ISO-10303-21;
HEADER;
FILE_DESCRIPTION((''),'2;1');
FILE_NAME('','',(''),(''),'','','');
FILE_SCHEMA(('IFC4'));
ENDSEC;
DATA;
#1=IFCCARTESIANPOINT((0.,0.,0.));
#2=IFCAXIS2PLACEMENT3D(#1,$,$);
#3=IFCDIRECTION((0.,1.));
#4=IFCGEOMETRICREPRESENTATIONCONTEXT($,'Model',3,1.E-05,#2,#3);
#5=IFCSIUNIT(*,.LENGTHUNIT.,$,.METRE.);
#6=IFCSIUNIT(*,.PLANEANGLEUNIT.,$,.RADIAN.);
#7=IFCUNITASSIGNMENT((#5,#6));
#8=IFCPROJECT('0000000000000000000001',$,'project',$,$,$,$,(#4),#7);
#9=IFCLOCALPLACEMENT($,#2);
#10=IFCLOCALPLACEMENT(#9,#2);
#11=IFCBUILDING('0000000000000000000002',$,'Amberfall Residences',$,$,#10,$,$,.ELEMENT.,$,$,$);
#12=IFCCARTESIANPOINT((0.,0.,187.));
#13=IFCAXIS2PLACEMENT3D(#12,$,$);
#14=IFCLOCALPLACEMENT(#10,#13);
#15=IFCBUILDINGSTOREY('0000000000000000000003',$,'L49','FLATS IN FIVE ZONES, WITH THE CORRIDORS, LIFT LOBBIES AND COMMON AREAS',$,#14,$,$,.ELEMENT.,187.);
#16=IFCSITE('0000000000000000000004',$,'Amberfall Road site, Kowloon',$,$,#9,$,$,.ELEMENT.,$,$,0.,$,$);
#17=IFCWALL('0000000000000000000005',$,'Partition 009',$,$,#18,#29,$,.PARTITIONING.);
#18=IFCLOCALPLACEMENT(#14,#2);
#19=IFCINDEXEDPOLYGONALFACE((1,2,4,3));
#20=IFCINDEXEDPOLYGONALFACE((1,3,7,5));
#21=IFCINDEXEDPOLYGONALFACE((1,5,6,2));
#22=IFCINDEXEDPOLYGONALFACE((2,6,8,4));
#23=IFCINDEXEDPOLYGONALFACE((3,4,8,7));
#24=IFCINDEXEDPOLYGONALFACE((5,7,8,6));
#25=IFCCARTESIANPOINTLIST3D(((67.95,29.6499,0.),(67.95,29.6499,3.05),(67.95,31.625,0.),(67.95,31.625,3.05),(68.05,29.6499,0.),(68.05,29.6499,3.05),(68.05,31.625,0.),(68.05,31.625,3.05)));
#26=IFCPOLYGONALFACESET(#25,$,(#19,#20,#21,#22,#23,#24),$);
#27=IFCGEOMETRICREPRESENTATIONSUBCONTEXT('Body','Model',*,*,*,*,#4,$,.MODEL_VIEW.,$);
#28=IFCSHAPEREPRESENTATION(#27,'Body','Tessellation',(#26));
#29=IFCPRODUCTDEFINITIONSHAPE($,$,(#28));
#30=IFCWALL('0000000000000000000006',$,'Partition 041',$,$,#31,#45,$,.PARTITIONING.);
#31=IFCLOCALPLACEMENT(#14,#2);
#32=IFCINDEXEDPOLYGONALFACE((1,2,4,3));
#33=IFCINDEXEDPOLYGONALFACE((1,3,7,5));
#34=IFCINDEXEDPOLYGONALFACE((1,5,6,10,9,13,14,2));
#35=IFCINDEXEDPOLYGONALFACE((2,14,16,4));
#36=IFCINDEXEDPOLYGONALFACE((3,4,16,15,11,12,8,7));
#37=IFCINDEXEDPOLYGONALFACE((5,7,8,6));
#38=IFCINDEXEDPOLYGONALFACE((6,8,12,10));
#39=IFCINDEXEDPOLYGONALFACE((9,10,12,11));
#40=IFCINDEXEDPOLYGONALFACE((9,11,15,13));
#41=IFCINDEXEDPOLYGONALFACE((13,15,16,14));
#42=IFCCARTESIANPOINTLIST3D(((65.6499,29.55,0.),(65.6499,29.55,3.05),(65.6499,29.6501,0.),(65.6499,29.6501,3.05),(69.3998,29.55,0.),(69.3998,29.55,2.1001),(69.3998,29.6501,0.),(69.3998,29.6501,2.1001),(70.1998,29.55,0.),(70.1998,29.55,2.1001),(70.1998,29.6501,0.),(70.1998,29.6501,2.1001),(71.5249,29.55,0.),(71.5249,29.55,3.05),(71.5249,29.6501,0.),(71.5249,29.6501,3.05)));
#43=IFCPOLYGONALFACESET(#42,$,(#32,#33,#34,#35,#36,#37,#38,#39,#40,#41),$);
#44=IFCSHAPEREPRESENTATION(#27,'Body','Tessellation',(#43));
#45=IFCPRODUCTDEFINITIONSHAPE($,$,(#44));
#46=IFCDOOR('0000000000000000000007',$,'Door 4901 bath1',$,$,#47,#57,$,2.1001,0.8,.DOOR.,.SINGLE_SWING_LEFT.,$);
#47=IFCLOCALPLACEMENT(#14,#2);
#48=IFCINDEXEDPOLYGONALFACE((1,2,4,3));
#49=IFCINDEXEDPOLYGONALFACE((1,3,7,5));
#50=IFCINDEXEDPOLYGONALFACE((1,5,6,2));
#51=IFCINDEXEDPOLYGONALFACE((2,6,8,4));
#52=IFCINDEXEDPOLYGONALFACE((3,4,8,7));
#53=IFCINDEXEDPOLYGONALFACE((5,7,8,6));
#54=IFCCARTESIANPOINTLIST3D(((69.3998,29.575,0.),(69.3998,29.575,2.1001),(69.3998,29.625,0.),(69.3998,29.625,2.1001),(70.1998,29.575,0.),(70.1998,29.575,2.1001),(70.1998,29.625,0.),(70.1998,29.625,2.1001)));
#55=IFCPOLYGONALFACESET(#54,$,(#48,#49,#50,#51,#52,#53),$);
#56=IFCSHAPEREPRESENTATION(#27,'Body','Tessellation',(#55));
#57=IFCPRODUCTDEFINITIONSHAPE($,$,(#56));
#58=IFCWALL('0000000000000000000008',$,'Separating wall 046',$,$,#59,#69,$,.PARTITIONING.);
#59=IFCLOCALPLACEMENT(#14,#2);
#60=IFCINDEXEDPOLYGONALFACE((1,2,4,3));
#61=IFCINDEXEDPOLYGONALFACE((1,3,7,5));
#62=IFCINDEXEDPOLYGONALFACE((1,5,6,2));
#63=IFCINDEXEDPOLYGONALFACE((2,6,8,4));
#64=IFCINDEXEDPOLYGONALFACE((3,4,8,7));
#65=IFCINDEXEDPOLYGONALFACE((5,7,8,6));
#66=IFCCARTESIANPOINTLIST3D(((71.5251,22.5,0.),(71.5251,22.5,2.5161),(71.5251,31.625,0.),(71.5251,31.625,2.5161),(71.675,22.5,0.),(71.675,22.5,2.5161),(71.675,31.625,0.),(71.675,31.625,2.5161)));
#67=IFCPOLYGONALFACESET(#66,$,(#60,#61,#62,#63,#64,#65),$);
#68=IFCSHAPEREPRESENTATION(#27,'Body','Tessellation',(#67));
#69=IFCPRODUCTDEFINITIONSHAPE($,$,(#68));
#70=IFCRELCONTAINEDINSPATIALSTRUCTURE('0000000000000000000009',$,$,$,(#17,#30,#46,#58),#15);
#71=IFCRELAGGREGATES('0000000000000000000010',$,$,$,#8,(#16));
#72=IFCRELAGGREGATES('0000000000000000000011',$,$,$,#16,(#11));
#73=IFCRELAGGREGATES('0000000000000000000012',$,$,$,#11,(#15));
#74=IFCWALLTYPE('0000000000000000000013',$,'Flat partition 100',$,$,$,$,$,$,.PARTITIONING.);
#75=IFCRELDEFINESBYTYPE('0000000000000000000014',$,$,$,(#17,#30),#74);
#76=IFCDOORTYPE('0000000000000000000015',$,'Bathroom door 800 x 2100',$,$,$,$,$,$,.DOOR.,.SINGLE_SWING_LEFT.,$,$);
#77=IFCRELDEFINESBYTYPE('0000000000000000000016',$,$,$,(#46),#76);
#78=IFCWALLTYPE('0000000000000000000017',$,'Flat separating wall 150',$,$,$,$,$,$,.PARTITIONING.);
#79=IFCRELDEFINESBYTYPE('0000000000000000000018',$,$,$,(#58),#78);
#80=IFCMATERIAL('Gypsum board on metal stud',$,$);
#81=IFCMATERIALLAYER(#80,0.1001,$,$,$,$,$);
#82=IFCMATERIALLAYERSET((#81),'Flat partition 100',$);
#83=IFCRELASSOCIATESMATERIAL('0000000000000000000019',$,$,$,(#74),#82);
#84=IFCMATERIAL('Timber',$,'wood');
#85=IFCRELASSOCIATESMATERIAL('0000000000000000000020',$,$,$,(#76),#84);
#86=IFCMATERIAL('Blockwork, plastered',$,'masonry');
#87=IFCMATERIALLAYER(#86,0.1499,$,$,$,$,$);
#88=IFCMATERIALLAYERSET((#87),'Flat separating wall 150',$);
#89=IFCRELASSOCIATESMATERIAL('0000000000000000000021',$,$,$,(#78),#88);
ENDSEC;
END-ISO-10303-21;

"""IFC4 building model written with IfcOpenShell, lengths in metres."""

from ifc_helpers import new_model, si_unit, direction, frame, frame_2d, origin, place, context, subcontext, project, spatial, rectangle, extrude, material, layer, layer_set, type_object, element, fill, save


model = new_model("IFC4")

# Units and contexts
model_context = context("Model", 3, precision=1e-05, world=origin(), true_north=direction((0.0, 1.0)))
body_context = subcontext(model_context, "Body", "Model", "MODEL_VIEW")
ifc_project = project(units=[si_unit("LENGTHUNIT", "METRE"), si_unit("PLANEANGLEUNIT", "RADIAN")], contexts=[model_context])

# Site, building, storey
site_placement = place(None, origin())
site = spatial("IfcSite", under=ifc_project, at=site_placement, Name="Amberfall Road site, Kowloon", CompositionType="ELEMENT", RefElevation=0.0)
building_placement = place(site_placement, origin())
building = spatial("IfcBuilding", under=site, at=building_placement, Name="Amberfall Residences", CompositionType="ELEMENT")
storey_placement = place(building_placement, frame((0.0, 0.0, 187.0)))
storey = spatial("IfcBuildingStorey", under=building, at=storey_placement, Name="L49", Description="FLATS IN FIVE ZONES, WITH THE CORRIDORS, LIFT LOBBIES AND COMMON AREAS", CompositionType="ELEMENT", Elevation=187.0)

# Wall
ifc_material_1 = material(Name="Gypsum board on metal stud")
ifc_layer_1 = layer(ifc_material_1, 0.1001)
ifc_layer_set_1 = layer_set([ifc_layer_1], Name="Flat partition 100")
wall_type_1 = type_object("IfcWallType", Name="Flat partition 100", PredefinedType="PARTITIONING", material=ifc_layer_set_1)
wall_1_placement = place(storey_placement, frame((68.0, 29.6499, 0.0), z_axis=(0.0, 0.0, 1.0), x_axis=(0.0, 1.0, 0.0)))
element("IfcWall", 1, at=wall_1_placement, inside=storey, type_object=wall_type_1, Name="Partition 009", PredefinedType="PARTITIONING", context=body_context, shape_type="SweptSolid", body=[
    extrude(rectangle(XDim=1.9751, YDim=0.1001, at=frame_2d((0.9875, 0.0))), origin(), (0.0, 0.0, 1.0), 3.05),
])

# Wall, opening, door
wall_2_placement = place(storey_placement, frame((65.6499, 29.6001, 0.0), z_axis=(0.0, 0.0, 1.0), x_axis=(1.0, 0.0, 0.0)))
wall_2 = element("IfcWall", 2, at=wall_2_placement, inside=storey, type_object=wall_type_1, Name="Partition 041", PredefinedType="PARTITIONING", context=body_context, shape_type="SweptSolid", body=[
    extrude(rectangle(XDim=5.875, YDim=0.1001, at=frame_2d((2.9375, 0.0))), origin(), (0.0, 0.0, 1.0), 3.05),
])
opening_placement = place(wall_2_placement, frame((3.75, 0.0, 0.0)))
opening = element("IfcOpeningElement", 3, at=opening_placement, cuts=wall_2, PredefinedType="OPENING", context=body_context, shape_type="SweptSolid", body=[
    extrude(rectangle(XDim=0.8, YDim=2.1001, at=frame_2d((0.3999, 1.05))), frame((0.0, 0.0601, 0.0), z_axis=(0.0, -1.0, 0.0), x_axis=(1.0, 0.0, 0.0)), (0.0, 0.0, 1.0), 0.1201),
])
ifc_material_2 = material(Name="Timber", Category="wood")
door_type = type_object("IfcDoorType", Name="Bathroom door 800 x 2100", OperationType="SINGLE_SWING_LEFT", PredefinedType="DOOR", material=ifc_material_2)
door_placement = place(opening_placement, origin())
door = element("IfcDoor", 4, at=door_placement, inside=storey, type_object=door_type, Name="Door 4901 bath1", OperationType="SINGLE_SWING_LEFT", OverallHeight=2.1001, OverallWidth=0.8, PredefinedType="DOOR", context=body_context, shape_type="SweptSolid", body=[
    extrude(rectangle(XDim=0.8, YDim=2.1001, at=frame_2d((0.3999, 1.05))), frame((0.0, 0.0249, 0.0), z_axis=(0.0, -1.0, 0.0), x_axis=(1.0, 0.0, 0.0)), (0.0, 0.0, 1.0), 0.05),
])
fill(opening, door)

# Wall
ifc_material_3 = material(Name="Blockwork, plastered", Category="masonry")
ifc_layer_2 = layer(ifc_material_3, 0.1499)
ifc_layer_set_2 = layer_set([ifc_layer_2], Name="Flat separating wall 150")
wall_type_2 = type_object("IfcWallType", Name="Flat separating wall 150", PredefinedType="PARTITIONING", material=ifc_layer_set_2)
wall_3_placement = place(storey_placement, frame((71.6001, 22.5, 0.0), z_axis=(0.0, 0.0, 1.0), x_axis=(0.0, 1.0, 0.0)))
element("IfcWall", 5, at=wall_3_placement, inside=storey, type_object=wall_type_2, Name="Separating wall 046", PredefinedType="PARTITIONING", context=body_context, shape_type="SweptSolid", body=[
    extrude(rectangle(XDim=9.125, YDim=0.1499, at=frame_2d((4.5625, 0.0))), origin(), (0.0, 0.0, 1.0), 2.5161),
])

save(model, "model.ifc")
